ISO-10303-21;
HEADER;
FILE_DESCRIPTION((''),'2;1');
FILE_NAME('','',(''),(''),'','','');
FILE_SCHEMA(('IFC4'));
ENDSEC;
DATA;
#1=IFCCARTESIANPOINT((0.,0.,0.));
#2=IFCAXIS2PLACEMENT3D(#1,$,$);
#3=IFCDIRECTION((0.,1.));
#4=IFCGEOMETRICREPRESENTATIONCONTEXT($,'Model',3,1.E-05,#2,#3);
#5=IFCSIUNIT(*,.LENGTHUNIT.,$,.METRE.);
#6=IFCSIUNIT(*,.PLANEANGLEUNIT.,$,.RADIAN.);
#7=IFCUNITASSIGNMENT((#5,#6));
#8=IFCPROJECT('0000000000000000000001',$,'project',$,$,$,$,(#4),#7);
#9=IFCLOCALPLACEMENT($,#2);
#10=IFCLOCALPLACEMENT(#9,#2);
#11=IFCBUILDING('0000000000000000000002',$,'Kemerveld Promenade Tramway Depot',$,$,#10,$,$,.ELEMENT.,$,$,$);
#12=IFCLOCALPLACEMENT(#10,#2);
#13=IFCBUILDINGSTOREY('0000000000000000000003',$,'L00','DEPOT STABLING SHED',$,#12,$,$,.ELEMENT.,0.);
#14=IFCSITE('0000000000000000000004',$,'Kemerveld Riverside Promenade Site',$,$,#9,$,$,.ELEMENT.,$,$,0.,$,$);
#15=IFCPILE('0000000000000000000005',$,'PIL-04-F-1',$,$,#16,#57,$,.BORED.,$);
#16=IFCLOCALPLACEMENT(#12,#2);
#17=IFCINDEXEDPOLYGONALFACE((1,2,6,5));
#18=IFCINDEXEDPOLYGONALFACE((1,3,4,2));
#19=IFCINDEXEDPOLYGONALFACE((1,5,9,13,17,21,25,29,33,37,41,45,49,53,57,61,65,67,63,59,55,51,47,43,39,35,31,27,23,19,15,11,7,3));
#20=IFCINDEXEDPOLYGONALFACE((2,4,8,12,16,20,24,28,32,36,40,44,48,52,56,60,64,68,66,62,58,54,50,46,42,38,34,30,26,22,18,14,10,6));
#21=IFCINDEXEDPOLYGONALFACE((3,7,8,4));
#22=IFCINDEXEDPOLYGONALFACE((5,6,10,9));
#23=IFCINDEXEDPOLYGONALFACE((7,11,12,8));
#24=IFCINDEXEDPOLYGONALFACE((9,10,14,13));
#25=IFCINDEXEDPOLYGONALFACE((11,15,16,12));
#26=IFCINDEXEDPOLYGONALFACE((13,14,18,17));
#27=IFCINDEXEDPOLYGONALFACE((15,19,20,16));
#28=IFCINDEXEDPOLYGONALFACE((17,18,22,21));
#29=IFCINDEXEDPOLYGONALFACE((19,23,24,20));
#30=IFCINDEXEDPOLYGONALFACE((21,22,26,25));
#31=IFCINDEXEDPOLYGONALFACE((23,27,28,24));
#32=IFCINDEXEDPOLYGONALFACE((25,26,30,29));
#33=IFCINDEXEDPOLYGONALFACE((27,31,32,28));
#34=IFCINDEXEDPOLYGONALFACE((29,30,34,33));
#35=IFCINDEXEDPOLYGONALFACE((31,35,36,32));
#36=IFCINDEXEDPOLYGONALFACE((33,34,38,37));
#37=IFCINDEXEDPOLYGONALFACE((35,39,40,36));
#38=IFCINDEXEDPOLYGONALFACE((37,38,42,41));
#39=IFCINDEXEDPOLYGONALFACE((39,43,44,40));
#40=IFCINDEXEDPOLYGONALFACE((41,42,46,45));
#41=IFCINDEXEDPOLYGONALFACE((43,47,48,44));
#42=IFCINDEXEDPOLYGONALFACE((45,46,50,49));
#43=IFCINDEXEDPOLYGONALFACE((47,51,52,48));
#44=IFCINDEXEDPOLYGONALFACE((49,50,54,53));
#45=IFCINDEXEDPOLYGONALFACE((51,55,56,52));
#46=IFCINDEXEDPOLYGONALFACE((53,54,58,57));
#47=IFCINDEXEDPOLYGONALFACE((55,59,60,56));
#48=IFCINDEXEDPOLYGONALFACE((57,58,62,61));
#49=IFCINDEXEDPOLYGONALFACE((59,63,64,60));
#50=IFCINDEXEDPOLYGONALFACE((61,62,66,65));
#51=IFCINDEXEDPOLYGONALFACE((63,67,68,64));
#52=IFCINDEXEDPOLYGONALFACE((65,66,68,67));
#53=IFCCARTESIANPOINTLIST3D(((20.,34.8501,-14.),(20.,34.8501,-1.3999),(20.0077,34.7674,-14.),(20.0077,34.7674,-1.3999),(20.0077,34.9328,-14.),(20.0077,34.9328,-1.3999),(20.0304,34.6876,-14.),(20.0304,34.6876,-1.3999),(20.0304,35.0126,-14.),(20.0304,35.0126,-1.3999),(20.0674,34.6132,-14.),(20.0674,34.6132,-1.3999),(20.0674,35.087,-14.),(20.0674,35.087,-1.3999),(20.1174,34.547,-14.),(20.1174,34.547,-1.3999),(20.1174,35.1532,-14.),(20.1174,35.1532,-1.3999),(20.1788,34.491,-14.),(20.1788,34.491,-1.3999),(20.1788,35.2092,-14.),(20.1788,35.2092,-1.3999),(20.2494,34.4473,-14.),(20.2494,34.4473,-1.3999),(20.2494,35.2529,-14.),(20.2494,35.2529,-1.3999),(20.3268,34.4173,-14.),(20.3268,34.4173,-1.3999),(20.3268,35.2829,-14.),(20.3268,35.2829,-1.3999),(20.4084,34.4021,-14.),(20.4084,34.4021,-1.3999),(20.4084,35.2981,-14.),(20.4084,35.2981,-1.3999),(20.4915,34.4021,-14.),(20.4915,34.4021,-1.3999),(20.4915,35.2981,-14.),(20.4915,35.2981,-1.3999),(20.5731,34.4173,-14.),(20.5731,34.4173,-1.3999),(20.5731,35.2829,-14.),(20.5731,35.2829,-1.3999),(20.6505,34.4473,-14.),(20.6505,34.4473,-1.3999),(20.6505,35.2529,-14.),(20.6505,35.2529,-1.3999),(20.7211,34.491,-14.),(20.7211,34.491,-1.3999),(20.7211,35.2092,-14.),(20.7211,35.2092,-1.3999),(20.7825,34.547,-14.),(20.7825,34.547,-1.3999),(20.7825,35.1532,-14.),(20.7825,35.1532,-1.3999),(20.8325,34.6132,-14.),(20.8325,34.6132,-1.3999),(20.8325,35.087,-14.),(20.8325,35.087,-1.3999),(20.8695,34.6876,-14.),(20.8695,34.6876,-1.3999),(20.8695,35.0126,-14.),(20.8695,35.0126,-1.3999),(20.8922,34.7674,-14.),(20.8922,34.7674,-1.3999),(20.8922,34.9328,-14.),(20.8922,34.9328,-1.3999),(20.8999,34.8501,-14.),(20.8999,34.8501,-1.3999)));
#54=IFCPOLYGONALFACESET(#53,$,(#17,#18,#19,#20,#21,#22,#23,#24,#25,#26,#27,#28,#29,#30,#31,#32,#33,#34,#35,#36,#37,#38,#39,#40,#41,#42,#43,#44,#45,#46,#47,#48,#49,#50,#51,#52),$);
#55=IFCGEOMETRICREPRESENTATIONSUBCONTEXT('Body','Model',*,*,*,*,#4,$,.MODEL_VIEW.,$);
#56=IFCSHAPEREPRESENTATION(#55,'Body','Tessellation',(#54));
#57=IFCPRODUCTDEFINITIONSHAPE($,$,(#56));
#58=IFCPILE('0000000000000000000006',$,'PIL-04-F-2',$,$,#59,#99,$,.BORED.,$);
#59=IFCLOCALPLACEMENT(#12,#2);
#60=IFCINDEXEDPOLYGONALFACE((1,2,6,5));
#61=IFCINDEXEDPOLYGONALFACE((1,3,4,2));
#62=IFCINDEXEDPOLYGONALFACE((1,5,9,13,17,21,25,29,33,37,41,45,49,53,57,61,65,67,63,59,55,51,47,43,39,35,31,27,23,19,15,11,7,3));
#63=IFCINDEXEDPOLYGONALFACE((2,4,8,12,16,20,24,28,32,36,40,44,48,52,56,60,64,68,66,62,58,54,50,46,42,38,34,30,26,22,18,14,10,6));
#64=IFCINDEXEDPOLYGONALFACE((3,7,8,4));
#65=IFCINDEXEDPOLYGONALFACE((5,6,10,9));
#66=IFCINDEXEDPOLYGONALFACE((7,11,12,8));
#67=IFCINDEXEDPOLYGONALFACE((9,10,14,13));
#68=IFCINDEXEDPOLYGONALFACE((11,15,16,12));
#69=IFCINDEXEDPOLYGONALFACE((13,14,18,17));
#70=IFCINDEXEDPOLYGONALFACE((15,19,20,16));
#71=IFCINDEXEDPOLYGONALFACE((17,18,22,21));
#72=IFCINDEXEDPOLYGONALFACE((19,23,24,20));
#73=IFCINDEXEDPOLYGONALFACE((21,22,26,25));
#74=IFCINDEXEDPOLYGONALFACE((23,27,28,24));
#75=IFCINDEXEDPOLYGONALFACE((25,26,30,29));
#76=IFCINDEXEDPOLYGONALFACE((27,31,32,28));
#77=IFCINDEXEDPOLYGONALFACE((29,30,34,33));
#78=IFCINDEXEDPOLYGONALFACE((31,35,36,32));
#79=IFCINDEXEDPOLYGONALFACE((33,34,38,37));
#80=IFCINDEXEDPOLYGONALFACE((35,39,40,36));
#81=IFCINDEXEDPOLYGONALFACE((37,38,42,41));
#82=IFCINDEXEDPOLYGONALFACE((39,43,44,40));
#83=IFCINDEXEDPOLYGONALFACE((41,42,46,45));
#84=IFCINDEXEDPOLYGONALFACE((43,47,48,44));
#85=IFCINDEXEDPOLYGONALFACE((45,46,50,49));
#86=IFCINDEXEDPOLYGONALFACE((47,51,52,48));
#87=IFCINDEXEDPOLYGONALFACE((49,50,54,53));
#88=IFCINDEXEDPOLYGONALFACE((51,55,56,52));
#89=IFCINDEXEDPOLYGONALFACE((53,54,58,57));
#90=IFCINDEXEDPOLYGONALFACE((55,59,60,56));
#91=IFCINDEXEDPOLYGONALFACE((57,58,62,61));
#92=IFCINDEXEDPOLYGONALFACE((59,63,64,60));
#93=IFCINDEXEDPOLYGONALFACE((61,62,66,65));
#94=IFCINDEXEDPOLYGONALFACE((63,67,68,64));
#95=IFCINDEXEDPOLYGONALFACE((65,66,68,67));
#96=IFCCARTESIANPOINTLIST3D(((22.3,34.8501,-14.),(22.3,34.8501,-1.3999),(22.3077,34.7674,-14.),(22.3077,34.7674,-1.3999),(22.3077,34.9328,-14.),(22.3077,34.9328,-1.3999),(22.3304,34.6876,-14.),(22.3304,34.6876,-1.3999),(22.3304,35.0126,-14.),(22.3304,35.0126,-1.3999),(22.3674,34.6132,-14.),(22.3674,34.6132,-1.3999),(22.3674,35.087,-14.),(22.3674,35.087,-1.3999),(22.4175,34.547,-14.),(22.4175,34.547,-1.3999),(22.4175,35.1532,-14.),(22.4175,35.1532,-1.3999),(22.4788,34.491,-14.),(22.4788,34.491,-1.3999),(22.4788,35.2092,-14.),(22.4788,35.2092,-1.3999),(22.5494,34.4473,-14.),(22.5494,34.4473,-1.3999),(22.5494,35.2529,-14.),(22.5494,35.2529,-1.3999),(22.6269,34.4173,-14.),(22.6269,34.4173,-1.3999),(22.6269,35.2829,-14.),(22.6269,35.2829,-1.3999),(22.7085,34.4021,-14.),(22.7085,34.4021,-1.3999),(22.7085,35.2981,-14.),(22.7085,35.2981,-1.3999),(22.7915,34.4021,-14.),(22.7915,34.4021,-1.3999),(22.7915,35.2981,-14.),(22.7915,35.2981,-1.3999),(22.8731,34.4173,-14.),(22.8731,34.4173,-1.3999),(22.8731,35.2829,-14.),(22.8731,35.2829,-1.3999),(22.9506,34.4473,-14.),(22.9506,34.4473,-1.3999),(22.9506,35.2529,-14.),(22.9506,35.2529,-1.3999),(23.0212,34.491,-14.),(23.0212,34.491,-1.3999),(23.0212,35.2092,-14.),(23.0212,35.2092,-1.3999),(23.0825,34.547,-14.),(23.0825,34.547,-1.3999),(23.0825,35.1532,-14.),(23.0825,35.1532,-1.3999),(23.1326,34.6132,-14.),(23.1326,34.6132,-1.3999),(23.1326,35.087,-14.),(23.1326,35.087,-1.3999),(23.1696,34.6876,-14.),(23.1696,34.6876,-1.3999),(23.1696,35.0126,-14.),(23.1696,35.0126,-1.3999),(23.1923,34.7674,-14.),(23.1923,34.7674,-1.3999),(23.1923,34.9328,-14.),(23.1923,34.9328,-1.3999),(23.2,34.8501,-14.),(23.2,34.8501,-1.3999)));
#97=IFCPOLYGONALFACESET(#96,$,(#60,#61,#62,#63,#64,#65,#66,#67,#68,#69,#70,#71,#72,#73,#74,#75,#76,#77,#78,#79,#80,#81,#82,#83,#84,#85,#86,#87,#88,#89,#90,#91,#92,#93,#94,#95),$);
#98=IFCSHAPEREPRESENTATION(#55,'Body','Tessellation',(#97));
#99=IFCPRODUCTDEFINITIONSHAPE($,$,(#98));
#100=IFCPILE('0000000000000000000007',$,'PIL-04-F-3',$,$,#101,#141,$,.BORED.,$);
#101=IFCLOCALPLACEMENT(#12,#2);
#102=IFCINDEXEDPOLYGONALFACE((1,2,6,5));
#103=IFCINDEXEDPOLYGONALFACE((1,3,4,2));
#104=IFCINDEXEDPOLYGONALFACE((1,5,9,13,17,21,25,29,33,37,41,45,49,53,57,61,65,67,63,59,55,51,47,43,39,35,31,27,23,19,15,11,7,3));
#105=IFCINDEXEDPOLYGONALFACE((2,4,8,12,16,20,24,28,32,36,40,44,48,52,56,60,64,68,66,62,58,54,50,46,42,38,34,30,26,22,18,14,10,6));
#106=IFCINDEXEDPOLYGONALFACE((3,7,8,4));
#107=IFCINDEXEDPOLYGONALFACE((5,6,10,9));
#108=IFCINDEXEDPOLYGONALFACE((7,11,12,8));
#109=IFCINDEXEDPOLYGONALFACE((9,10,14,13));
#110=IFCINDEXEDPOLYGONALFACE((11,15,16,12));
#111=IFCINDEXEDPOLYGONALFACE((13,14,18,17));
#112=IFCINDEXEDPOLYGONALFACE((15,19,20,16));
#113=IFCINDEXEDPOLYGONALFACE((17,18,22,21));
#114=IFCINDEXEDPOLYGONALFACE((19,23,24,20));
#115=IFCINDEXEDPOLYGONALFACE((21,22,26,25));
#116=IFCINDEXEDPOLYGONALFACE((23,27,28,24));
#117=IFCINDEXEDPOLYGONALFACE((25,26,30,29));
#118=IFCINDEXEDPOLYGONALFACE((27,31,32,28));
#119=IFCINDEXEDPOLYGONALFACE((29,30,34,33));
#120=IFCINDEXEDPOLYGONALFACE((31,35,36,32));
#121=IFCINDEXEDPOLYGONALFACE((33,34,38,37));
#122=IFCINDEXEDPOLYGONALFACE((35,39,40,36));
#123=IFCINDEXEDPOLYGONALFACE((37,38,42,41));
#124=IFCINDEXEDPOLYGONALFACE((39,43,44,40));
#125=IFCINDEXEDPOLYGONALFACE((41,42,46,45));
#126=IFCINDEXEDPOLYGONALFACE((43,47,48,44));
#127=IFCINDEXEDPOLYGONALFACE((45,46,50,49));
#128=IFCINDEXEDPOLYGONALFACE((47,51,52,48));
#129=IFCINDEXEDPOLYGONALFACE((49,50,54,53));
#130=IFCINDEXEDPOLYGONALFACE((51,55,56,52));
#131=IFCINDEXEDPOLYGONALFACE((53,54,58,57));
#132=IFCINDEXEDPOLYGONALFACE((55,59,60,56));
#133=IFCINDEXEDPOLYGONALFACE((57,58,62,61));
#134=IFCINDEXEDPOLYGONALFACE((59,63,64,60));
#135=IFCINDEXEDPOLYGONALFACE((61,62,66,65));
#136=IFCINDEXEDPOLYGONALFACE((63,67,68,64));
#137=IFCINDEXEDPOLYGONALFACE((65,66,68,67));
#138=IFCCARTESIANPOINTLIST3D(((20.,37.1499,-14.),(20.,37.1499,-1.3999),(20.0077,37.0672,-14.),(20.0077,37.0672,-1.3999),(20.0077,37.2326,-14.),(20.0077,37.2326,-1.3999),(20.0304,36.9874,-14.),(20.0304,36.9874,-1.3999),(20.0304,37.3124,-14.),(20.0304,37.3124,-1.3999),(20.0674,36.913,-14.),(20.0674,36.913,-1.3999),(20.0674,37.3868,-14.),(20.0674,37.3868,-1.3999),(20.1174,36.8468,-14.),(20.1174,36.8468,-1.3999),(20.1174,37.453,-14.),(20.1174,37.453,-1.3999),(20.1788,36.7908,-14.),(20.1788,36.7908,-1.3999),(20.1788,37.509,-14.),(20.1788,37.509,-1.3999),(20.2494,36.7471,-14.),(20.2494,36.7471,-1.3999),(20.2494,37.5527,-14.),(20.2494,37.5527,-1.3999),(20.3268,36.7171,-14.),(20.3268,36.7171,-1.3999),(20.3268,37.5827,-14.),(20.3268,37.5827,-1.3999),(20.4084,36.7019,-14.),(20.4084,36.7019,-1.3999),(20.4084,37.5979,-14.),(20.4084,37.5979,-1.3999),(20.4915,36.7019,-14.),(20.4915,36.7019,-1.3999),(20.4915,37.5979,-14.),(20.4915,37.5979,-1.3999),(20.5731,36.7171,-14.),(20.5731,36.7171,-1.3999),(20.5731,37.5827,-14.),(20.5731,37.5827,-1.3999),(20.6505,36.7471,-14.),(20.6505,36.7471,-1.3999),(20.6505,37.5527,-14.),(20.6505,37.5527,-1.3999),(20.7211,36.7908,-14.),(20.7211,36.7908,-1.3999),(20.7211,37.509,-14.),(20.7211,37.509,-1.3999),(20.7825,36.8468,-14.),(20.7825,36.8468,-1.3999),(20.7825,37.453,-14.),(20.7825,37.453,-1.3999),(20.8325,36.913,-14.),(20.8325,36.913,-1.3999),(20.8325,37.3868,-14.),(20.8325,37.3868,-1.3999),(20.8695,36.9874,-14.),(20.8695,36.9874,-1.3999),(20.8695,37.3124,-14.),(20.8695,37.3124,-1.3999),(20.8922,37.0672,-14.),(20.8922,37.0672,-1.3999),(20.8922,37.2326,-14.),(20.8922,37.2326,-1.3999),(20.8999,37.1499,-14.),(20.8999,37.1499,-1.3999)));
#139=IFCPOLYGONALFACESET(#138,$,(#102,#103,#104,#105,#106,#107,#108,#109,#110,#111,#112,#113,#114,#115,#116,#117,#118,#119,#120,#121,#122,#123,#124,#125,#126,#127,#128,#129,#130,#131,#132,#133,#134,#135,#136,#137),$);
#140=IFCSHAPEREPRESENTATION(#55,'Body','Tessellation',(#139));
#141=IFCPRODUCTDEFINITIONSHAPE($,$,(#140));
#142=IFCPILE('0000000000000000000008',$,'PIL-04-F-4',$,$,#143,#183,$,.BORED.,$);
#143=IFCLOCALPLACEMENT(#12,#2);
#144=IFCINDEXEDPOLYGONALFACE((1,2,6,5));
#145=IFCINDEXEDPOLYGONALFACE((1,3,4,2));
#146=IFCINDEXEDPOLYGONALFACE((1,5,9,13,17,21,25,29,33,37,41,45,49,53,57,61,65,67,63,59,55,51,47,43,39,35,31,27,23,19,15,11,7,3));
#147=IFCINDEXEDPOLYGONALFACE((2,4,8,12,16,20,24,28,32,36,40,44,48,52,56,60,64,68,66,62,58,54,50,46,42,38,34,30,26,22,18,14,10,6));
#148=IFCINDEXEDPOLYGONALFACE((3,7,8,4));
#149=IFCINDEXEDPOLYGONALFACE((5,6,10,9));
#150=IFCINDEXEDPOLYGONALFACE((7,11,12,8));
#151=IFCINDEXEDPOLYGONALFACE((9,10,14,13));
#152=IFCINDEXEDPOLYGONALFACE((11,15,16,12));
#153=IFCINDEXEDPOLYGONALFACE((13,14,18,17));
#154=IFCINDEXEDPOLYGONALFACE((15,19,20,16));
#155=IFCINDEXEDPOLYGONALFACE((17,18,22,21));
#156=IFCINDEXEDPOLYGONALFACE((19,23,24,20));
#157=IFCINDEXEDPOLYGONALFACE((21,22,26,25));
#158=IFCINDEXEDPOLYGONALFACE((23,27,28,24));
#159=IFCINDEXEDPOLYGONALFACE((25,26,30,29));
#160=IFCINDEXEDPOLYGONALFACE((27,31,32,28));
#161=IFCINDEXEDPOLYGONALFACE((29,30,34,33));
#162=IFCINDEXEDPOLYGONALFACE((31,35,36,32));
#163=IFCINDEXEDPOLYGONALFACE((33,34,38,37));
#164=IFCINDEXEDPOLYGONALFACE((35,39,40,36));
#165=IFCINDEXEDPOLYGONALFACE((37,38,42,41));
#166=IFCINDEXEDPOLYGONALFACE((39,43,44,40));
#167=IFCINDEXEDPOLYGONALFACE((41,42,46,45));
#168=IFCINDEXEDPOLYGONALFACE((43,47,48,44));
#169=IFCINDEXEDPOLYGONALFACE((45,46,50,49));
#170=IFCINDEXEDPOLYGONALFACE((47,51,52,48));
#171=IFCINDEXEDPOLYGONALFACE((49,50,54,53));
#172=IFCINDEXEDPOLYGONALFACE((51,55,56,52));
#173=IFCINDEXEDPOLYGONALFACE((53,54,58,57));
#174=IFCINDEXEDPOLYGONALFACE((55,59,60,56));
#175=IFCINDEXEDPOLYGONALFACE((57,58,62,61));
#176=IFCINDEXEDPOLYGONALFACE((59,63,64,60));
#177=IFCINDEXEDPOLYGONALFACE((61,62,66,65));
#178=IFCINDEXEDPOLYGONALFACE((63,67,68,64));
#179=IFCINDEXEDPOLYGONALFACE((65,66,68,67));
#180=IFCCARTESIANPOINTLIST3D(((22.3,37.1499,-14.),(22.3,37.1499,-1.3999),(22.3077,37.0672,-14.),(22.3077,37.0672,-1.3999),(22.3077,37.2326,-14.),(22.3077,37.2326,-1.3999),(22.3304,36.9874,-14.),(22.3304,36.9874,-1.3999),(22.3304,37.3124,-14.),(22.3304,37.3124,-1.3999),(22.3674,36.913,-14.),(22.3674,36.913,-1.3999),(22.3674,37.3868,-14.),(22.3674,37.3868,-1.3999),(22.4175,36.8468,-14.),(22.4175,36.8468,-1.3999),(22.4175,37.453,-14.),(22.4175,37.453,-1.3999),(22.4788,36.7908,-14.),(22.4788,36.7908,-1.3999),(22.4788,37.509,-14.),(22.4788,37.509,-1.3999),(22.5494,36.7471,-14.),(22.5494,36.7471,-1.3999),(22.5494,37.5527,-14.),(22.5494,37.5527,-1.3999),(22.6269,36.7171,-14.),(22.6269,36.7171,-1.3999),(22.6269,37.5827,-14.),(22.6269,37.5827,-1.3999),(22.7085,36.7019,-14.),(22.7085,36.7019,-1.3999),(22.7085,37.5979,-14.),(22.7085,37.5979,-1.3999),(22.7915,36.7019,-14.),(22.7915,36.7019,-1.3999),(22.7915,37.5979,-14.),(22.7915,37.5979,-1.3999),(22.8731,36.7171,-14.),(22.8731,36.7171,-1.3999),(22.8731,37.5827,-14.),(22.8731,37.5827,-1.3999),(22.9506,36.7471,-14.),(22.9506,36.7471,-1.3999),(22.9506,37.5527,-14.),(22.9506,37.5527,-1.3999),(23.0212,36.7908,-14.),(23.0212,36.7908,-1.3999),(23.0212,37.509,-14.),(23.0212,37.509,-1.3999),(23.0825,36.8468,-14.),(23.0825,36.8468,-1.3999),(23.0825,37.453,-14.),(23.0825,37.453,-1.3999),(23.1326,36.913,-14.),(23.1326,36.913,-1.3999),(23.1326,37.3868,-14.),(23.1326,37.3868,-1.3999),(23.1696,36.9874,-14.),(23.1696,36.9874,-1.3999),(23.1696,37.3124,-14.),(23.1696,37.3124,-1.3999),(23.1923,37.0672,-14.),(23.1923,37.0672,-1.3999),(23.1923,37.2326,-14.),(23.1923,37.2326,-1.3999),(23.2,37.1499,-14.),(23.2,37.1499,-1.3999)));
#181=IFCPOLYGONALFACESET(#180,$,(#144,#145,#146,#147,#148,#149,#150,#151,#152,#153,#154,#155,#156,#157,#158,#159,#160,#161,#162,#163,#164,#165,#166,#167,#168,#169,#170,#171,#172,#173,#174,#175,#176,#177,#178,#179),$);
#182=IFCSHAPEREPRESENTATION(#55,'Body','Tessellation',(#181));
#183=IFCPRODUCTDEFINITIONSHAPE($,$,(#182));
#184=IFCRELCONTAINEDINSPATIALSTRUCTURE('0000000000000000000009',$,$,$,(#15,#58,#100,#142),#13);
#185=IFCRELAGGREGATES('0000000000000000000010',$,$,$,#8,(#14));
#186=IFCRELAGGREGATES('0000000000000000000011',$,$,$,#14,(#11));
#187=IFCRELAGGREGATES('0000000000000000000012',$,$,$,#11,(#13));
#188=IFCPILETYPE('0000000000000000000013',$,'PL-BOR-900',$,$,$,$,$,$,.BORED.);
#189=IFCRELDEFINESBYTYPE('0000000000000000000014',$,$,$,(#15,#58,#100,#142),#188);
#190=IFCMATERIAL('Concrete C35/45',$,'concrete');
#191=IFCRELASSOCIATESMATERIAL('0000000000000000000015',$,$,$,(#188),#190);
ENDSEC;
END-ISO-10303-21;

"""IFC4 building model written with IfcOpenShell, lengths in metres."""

from ifc_helpers import new_model, si_unit, direction, frame, origin, origin_2d, place, context, subcontext, project, spatial, circle, extrude, material, material_profile, profile_set, type_object, element, save


model = new_model("IFC4")

# Units and contexts
model_context = context("Model", 3, precision=1e-05, world=origin(), true_north=direction((0.0, 1.0)))
body_context = subcontext(model_context, "Body", "Model", "MODEL_VIEW")
ifc_project = project(units=[si_unit("LENGTHUNIT", "METRE"), si_unit("PLANEANGLEUNIT", "RADIAN")], contexts=[model_context])

# Site, building, storey
site_placement = place(None, origin())
site = spatial("IfcSite", under=ifc_project, at=site_placement, Name="Kemerveld Riverside Promenade Site", CompositionType="ELEMENT", RefElevation=0.0)
building_placement = place(site_placement, origin())
building = spatial("IfcBuilding", under=site, at=building_placement, Name="Kemerveld Promenade Tramway Depot", CompositionType="ELEMENT")
storey_placement = place(building_placement, origin())
storey = spatial("IfcBuildingStorey", under=building, at=storey_placement, Name="L00", Description="DEPOT STABLING SHED", CompositionType="ELEMENT", Elevation=0.0)

# Shared definitions
ifc_material_1 = material(Name="Concrete C35/45", Category="concrete")

# Piles
ifc_material_profile_1 = material_profile(ifc_material_1, circle(Radius=0.45, at=origin_2d()), Name="PILE-D900")
ifc_profile_set_1 = profile_set([ifc_material_profile_1], Name="Concrete C35/45")
pile_type = type_object("IfcPileType", Name="PL-BOR-900", PredefinedType="BORED", material=ifc_profile_set_1)
for number, where, z_axis, x_axis, name in (
    (1, (20.45, 34.8501, -1.3999), (0.0, 0.0, -1.0), (1.0, 0.0, 0.0), "PIL-04-F-1"),
    (2, (22.75, 34.8501, -1.3999), (0.0, 0.0, -1.0), (1.0, 0.0, 0.0), "PIL-04-F-2"),
    (3, (20.45, 37.1499, -1.3999), (0.0, 0.0, -1.0), (1.0, 0.0, 0.0), "PIL-04-F-3"),
    (4, (22.75, 37.1499, -1.3999), (0.0, 0.0, -1.0), (1.0, 0.0, 0.0), "PIL-04-F-4"),
):
    element("IfcPile", number, at=place(storey_placement, frame(where, z_axis=z_axis, x_axis=x_axis)), inside=storey, type_object=pile_type, Name=name, PredefinedType="BORED", context=body_context, shape_type="SweptSolid", body=[
        extrude(circle(Radius=0.45, at=origin_2d()), origin(), (0.0, 0.0, 1.0), 12.6001),
    ])

save(model, "model.ifc")
